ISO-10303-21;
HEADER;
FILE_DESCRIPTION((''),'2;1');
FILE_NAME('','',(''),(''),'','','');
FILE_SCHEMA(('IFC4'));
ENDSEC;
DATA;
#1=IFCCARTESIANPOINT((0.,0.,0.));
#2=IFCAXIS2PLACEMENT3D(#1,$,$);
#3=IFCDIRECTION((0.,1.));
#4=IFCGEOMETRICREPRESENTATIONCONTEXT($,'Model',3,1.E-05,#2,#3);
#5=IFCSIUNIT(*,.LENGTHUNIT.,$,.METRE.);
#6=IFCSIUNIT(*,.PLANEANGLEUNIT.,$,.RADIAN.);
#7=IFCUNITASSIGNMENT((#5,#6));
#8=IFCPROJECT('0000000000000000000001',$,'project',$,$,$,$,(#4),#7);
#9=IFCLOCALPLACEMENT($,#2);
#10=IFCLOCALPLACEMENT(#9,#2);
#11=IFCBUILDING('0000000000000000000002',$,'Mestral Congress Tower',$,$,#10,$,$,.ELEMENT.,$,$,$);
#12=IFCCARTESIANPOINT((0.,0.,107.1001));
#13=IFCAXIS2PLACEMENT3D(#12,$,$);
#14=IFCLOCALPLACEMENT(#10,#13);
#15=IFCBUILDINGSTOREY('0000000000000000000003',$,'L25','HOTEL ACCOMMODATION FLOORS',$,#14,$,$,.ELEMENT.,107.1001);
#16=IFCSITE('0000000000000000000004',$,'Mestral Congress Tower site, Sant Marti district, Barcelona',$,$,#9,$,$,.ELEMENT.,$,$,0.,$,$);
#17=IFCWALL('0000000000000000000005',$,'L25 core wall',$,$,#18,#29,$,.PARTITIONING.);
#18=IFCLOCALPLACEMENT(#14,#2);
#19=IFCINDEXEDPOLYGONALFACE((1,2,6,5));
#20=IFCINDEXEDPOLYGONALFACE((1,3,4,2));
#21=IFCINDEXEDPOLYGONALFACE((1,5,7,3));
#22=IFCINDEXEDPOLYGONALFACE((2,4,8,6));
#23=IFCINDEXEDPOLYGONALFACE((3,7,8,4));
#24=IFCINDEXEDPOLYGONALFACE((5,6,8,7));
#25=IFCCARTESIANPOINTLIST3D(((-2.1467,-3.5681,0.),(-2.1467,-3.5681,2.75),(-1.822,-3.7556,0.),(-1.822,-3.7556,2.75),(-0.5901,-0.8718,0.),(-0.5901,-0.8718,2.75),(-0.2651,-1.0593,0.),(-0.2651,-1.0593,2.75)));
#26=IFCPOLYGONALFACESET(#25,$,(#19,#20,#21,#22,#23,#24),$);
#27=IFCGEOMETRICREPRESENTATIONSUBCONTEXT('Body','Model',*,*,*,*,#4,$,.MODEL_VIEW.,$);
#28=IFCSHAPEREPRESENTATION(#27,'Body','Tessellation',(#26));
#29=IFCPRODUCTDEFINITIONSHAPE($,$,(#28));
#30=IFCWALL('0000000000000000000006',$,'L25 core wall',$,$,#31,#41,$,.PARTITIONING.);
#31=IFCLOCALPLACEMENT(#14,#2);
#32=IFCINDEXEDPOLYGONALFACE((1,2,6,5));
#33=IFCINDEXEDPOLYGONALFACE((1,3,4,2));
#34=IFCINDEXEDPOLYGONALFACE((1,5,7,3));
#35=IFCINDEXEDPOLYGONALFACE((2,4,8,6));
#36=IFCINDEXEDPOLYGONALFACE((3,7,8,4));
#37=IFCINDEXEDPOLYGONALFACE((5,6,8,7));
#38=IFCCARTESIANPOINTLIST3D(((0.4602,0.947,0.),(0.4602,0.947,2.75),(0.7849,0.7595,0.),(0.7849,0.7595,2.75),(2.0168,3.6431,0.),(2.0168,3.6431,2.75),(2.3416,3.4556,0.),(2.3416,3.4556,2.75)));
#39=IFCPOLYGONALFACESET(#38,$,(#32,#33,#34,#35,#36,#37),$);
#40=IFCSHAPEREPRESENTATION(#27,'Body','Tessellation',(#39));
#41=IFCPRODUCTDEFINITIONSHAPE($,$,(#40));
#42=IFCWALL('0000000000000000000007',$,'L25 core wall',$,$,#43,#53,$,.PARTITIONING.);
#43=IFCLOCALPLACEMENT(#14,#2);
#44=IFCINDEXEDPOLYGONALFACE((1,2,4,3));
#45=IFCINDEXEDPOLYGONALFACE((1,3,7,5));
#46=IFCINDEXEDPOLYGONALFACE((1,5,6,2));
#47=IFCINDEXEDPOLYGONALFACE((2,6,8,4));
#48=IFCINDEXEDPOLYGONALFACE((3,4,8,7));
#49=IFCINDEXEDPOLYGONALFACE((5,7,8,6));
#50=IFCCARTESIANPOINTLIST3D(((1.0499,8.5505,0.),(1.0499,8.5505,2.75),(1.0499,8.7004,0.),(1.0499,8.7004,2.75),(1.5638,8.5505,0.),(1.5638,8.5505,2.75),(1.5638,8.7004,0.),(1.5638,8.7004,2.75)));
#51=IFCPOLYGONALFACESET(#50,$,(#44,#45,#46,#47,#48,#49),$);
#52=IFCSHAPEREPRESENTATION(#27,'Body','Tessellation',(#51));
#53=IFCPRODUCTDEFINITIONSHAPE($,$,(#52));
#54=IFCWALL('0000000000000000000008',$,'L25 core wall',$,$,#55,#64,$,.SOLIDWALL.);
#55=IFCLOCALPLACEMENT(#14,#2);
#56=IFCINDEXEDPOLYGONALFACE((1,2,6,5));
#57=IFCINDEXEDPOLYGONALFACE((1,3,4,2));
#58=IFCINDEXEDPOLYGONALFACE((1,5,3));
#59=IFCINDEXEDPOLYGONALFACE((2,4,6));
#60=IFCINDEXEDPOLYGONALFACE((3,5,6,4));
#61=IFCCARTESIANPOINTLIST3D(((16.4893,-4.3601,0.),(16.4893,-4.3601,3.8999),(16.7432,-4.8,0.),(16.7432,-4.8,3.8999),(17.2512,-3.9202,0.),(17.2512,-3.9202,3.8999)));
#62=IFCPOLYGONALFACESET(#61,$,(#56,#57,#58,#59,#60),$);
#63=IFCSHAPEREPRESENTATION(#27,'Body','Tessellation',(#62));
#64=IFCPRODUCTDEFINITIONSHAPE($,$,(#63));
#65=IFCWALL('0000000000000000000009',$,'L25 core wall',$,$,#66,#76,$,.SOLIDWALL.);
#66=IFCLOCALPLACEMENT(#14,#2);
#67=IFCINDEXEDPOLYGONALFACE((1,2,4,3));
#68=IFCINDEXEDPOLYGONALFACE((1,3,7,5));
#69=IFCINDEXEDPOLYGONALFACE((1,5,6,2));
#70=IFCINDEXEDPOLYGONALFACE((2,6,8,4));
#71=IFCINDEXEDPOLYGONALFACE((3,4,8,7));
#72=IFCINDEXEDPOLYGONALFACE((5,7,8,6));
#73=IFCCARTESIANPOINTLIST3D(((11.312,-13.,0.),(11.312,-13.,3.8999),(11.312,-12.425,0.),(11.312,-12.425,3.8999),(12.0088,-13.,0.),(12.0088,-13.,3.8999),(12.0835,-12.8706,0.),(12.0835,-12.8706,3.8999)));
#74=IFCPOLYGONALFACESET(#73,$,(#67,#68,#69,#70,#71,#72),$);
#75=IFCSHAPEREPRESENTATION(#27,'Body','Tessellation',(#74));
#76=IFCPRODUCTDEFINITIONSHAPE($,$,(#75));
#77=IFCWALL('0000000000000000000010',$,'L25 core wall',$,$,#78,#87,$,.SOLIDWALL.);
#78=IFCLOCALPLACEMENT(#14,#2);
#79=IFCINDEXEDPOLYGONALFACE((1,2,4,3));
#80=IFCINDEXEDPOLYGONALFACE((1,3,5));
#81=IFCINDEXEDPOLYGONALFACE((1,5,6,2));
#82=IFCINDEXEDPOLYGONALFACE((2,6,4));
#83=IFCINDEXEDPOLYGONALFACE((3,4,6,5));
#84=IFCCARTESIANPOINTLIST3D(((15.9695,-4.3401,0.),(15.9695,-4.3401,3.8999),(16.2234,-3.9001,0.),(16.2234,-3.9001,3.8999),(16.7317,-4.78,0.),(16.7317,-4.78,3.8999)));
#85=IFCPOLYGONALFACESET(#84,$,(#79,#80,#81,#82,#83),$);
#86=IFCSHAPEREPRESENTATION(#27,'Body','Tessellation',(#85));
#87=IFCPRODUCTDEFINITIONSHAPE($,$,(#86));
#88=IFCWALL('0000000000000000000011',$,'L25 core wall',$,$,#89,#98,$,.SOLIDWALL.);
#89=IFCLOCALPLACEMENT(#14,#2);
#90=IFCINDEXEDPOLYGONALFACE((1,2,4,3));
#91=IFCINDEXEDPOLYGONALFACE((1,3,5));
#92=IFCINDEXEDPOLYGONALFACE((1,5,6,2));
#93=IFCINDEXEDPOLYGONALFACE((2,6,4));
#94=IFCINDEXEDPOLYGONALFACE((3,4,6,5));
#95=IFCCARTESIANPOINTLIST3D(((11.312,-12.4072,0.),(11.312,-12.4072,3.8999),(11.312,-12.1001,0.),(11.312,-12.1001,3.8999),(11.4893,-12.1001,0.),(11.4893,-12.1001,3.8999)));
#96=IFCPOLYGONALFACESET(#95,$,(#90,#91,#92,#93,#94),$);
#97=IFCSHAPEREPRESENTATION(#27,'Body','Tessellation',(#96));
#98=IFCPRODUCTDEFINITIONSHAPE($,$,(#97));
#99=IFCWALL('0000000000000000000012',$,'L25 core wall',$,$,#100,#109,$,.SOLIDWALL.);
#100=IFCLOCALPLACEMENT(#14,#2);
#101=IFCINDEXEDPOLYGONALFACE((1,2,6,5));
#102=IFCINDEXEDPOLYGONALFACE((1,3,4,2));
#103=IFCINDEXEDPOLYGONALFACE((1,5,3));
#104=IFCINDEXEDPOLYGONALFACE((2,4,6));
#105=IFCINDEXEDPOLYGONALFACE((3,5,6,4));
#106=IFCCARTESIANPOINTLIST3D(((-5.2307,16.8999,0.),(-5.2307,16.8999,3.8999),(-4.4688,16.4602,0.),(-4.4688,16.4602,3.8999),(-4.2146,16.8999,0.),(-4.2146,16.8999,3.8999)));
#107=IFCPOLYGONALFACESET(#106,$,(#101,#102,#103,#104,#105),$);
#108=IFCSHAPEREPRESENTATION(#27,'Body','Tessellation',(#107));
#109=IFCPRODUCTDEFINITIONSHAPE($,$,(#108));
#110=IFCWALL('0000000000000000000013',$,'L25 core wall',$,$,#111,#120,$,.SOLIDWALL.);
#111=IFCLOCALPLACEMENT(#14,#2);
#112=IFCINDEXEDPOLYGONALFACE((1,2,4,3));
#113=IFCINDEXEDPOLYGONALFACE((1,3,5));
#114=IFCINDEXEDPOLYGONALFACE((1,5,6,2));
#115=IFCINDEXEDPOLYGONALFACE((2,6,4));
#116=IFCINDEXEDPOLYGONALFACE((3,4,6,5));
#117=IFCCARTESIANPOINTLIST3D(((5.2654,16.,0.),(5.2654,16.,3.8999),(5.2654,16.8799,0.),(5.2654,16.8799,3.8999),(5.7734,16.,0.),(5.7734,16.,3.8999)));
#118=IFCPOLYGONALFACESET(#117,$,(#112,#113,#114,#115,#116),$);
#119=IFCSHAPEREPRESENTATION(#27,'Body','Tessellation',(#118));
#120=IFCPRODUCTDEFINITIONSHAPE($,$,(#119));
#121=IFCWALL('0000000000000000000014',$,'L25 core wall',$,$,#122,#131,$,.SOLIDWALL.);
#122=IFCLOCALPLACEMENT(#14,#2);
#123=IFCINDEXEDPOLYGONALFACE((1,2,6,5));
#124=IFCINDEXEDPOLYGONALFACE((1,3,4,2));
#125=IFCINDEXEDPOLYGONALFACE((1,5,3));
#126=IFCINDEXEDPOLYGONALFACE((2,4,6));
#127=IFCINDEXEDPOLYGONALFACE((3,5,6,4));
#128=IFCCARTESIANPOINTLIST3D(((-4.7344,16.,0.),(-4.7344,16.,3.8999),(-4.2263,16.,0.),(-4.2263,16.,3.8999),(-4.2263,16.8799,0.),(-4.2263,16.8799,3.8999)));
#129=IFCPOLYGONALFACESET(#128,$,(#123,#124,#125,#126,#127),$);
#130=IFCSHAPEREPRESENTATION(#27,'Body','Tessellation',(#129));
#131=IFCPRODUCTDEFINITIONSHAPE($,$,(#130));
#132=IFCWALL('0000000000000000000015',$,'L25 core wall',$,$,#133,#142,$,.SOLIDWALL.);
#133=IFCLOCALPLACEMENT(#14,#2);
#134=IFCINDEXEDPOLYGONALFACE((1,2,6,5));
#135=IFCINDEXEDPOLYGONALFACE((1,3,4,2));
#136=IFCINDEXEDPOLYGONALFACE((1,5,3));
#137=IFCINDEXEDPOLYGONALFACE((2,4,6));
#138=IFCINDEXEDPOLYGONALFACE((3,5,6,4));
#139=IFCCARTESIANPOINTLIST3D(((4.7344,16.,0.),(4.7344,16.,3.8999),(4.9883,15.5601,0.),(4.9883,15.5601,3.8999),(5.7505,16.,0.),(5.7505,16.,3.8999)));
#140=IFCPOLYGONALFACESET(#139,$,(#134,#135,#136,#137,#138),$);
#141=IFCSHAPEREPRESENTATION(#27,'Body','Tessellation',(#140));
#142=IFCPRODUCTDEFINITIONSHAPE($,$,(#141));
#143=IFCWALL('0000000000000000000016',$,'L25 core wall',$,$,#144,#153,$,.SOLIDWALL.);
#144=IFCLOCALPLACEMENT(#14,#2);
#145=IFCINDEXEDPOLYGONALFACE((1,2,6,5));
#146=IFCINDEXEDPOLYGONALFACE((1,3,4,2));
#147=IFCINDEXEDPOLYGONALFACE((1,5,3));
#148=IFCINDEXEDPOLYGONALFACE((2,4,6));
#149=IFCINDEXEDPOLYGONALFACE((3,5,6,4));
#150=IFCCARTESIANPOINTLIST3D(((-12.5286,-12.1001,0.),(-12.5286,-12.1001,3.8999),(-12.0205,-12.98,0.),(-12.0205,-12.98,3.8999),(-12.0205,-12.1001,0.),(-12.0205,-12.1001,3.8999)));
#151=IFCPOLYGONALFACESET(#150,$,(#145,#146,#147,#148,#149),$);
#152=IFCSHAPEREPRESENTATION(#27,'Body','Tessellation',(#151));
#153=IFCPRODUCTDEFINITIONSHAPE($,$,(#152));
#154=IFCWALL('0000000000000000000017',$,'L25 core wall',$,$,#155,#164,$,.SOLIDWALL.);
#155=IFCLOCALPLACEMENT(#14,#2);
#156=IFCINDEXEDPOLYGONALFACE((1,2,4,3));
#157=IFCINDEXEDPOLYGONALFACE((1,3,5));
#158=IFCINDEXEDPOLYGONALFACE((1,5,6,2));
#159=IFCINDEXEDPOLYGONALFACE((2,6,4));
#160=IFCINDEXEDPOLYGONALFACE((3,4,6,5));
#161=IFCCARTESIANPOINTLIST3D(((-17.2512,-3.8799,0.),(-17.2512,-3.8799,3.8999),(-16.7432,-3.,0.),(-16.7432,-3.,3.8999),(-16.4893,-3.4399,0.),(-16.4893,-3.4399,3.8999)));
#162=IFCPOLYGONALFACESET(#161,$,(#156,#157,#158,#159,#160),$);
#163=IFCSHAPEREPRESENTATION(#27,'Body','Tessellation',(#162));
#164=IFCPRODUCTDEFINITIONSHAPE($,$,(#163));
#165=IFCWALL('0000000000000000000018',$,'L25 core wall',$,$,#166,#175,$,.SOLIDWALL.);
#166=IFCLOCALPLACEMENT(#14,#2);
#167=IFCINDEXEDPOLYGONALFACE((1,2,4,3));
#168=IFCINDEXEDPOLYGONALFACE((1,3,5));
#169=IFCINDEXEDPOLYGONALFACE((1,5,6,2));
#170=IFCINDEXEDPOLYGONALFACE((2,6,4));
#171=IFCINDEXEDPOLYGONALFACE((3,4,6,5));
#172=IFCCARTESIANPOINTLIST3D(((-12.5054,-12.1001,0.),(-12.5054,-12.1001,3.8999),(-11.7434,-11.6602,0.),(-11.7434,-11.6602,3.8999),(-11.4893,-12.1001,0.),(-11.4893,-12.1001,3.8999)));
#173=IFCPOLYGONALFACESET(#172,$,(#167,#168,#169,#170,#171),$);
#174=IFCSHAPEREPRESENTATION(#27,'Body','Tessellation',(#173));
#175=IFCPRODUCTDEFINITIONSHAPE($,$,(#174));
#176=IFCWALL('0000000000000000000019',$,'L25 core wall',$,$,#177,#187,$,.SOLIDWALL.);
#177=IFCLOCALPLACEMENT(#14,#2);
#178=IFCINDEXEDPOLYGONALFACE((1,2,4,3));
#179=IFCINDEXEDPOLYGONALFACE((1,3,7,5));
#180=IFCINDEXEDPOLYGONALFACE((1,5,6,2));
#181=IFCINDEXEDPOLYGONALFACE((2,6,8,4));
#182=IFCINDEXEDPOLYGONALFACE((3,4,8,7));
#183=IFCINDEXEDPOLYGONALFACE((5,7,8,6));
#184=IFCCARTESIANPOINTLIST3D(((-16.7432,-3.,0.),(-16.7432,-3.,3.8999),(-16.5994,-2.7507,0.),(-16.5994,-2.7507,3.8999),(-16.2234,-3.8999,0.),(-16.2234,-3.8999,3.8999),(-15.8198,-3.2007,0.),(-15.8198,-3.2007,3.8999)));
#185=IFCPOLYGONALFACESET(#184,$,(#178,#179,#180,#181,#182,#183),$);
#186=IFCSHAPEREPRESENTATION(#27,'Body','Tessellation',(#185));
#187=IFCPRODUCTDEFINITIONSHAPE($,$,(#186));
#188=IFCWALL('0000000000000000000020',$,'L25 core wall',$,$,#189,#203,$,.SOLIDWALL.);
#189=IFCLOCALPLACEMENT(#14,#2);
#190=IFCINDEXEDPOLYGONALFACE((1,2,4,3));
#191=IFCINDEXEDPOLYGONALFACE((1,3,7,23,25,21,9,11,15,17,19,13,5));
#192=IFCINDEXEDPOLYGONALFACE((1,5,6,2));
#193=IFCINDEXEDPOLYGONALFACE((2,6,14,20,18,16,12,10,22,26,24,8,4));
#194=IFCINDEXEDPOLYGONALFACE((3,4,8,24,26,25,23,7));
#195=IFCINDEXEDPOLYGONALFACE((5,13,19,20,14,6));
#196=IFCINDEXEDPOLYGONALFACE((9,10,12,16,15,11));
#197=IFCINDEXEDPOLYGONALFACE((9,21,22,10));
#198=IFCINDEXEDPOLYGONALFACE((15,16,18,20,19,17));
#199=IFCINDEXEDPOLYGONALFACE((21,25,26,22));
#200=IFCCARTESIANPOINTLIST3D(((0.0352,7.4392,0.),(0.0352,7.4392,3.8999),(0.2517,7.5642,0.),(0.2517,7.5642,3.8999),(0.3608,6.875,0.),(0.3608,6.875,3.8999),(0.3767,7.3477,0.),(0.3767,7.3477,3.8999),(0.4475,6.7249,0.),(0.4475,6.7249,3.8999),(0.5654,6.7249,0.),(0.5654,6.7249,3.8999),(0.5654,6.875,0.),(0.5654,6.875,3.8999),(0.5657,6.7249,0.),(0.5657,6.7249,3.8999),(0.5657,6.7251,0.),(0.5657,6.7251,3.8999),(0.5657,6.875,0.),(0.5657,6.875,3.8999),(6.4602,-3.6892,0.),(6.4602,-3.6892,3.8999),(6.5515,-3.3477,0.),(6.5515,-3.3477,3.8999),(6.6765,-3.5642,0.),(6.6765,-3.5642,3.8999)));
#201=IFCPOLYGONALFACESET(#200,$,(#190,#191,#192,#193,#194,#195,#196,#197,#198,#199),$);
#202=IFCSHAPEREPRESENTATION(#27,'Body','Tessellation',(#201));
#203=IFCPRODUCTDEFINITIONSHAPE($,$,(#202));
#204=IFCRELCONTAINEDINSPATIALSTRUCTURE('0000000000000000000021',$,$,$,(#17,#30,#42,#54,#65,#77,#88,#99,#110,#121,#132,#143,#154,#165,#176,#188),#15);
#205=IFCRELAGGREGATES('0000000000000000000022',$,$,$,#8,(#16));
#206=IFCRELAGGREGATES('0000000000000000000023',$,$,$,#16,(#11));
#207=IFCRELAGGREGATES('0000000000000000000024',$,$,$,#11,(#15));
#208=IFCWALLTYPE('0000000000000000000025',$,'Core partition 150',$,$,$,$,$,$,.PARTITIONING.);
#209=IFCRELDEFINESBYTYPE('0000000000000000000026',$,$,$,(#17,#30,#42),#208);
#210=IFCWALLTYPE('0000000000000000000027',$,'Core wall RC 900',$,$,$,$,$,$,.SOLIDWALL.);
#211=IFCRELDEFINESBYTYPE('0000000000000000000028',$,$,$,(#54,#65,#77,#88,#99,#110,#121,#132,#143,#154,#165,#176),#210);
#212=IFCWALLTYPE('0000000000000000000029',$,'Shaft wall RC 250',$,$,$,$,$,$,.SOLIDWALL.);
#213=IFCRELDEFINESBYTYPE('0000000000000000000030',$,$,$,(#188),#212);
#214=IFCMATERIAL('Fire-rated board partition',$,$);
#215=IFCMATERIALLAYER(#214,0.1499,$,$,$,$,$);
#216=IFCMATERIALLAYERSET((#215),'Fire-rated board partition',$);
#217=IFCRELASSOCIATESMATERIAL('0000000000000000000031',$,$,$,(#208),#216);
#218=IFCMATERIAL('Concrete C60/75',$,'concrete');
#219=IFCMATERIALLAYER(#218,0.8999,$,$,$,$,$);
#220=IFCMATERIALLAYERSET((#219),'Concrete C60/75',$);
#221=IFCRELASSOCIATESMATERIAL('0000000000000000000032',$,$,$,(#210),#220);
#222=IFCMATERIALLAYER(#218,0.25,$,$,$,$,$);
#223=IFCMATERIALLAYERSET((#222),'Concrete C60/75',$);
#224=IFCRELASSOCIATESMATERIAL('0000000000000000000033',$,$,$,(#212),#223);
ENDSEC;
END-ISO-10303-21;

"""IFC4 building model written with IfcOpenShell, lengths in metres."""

from ifc_helpers import new_model, si_unit, direction, frame, frame_2d, origin, place, context, subcontext, project, spatial, polyline, rectangle, outline, extrude, material, layer, layer_set, type_object, element, save


model = new_model("IFC4")

# Units and contexts
model_context = context("Model", 3, precision=1e-05, world=origin(), true_north=direction((0.0, 1.0)))
body_context = subcontext(model_context, "Body", "Model", "MODEL_VIEW")
ifc_project = project(units=[si_unit("LENGTHUNIT", "METRE"), si_unit("PLANEANGLEUNIT", "RADIAN")], contexts=[model_context])

# Site, building, storey
site_placement = place(None, origin())
site = spatial("IfcSite", under=ifc_project, at=site_placement, Name="Mestral Congress Tower site, Sant Marti district, Barcelona", CompositionType="ELEMENT", RefElevation=0.0)
building_placement = place(site_placement, origin())
building = spatial("IfcBuilding", under=site, at=building_placement, Name="Mestral Congress Tower", CompositionType="ELEMENT")
storey_placement = place(building_placement, frame((0.0, 0.0, 107.1001)))
storey = spatial("IfcBuildingStorey", under=building, at=storey_placement, Name="L25", Description="HOTEL ACCOMMODATION FLOORS", CompositionType="ELEMENT", Elevation=107.1001)

# Walls
ifc_material_1 = material(Name="Fire-rated board partition")
ifc_layer_1 = layer(ifc_material_1, 0.1499)
ifc_layer_set_1 = layer_set([ifc_layer_1], Name="Fire-rated board partition")
wall_type_1 = type_object("IfcWallType", Name="Core partition 150", PredefinedType="PARTITIONING", material=ifc_layer_set_1)
placement = place(storey_placement, origin())
element("IfcWall", 1, at=placement, inside=storey, type_object=wall_type_1, Name="L25 core wall", PredefinedType="PARTITIONING", context=body_context, shape_type="SweptSolid", body=[
    extrude(outline(polyline([(-0.5901, -0.8718), (-0.2651, -1.0593), (-1.822, -3.7556), (-2.1467, -3.5681), (-0.5901, -0.8718)])), origin(), (0.0, 0.0, 1.0), 2.75),
])
element("IfcWall", 2, at=placement, inside=storey, type_object=wall_type_1, Name="L25 core wall", PredefinedType="PARTITIONING", context=body_context, shape_type="SweptSolid", body=[
    extrude(outline(polyline([(2.0168, 3.6431), (2.3416, 3.4556), (0.7849, 0.7595), (0.4602, 0.947), (2.0168, 3.6431)])), origin(), (0.0, 0.0, 1.0), 2.75),
])
wall_1_placement = place(storey_placement, frame((1.05, 8.6255, 0.0), z_axis=(0.0, 0.0, 1.0), x_axis=(1.0, 0.0, 0.0)))
element("IfcWall", 3, at=wall_1_placement, inside=storey, type_object=wall_type_1, Name="L25 core wall", PredefinedType="PARTITIONING", context=body_context, shape_type="SweptSolid", body=[
    extrude(rectangle(XDim=0.5139, YDim=0.1499, at=frame_2d((0.2568, 0.0))), origin(), (0.0, 0.0, 1.0), 2.75),
])
ifc_material_2 = material(Name="Concrete C60/75", Category="concrete")
ifc_layer_2 = layer(ifc_material_2, 0.8999)
ifc_layer_set_2 = layer_set([ifc_layer_2], Name="Concrete C60/75")
wall_type_2 = type_object("IfcWallType", Name="Core wall RC 900", PredefinedType="SOLIDWALL", material=ifc_layer_set_2)
element("IfcWall", 4, at=placement, inside=storey, type_object=wall_type_2, Name="L25 core wall", PredefinedType="SOLIDWALL", context=body_context, shape_type="SweptSolid", body=[
    extrude(outline(polyline([(16.7432, -4.8), (16.4893, -4.3601), (17.2512, -3.9202), (16.7432, -4.8)])), origin(), (0.0, 0.0, 1.0), 3.8999),
])
element("IfcWall", 5, at=placement, inside=storey, type_object=wall_type_2, Name="L25 core wall", PredefinedType="SOLIDWALL", context=body_context, shape_type="SweptSolid", body=[
    extrude(outline(polyline([(12.0088, -13.0), (11.312, -13.0), (11.312, -12.425), (12.0835, -12.8706), (12.0088, -13.0)])), origin(), (0.0, 0.0, 1.0), 3.8999),
])
element("IfcWall", 6, at=placement, inside=storey, type_object=wall_type_2, Name="L25 core wall", PredefinedType="SOLIDWALL", context=body_context, shape_type="SweptSolid", body=[
    extrude(outline(polyline([(16.2234, -3.9001), (16.7317, -4.78), (15.9695, -4.3401), (16.2234, -3.9001)])), origin(), (0.0, 0.0, 1.0), 3.8999),
])
element("IfcWall", 7, at=placement, inside=storey, type_object=wall_type_2, Name="L25 core wall", PredefinedType="SOLIDWALL", context=body_context, shape_type="SweptSolid", body=[
    extrude(outline(polyline([(11.4893, -12.1001), (11.312, -12.4072), (11.312, -12.1001), (11.4893, -12.1001)])), origin(), (0.0, 0.0, 1.0), 3.8999),
])
element("IfcWall", 8, at=placement, inside=storey, type_object=wall_type_2, Name="L25 core wall", PredefinedType="SOLIDWALL", context=body_context, shape_type="SweptSolid", body=[
    extrude(outline(polyline([(-4.2146, 16.8999), (-4.4688, 16.4602), (-5.2307, 16.8999), (-4.2146, 16.8999)])), origin(), (0.0, 0.0, 1.0), 3.8999),
])
element("IfcWall", 9, at=placement, inside=storey, type_object=wall_type_2, Name="L25 core wall", PredefinedType="SOLIDWALL", context=body_context, shape_type="SweptSolid", body=[
    extrude(outline(polyline([(5.2654, 16.0), (5.2654, 16.8799), (5.7734, 16.0), (5.2654, 16.0)])), origin(), (0.0, 0.0, 1.0), 3.8999),
])
element("IfcWall", 10, at=placement, inside=storey, type_object=wall_type_2, Name="L25 core wall", PredefinedType="SOLIDWALL", context=body_context, shape_type="SweptSolid", body=[
    extrude(outline(polyline([(-4.7344, 16.0), (-4.2263, 16.8799), (-4.2263, 16.0), (-4.7344, 16.0)])), origin(), (0.0, 0.0, 1.0), 3.8999),
])
element("IfcWall", 11, at=placement, inside=storey, type_object=wall_type_2, Name="L25 core wall", PredefinedType="SOLIDWALL", context=body_context, shape_type="SweptSolid", body=[
    extrude(outline(polyline([(4.7344, 16.0), (5.7505, 16.0), (4.9883, 15.5601), (4.7344, 16.0)])), origin(), (0.0, 0.0, 1.0), 3.8999),
])
element("IfcWall", 12, at=placement, inside=storey, type_object=wall_type_2, Name="L25 core wall", PredefinedType="SOLIDWALL", context=body_context, shape_type="SweptSolid", body=[
    extrude(outline(polyline([(-12.5286, -12.1001), (-12.0205, -12.1001), (-12.0205, -12.98), (-12.5286, -12.1001)])), origin(), (0.0, 0.0, 1.0), 3.8999),
])
element("IfcWall", 13, at=placement, inside=storey, type_object=wall_type_2, Name="L25 core wall", PredefinedType="SOLIDWALL", context=body_context, shape_type="SweptSolid", body=[
    extrude(outline(polyline([(-16.4893, -3.4399), (-17.2512, -3.8799), (-16.7432, -3.0), (-16.4893, -3.4399)])), origin(), (0.0, 0.0, 1.0), 3.8999),
])
element("IfcWall", 14, at=placement, inside=storey, type_object=wall_type_2, Name="L25 core wall", PredefinedType="SOLIDWALL", context=body_context, shape_type="SweptSolid", body=[
    extrude(outline(polyline([(-11.4893, -12.1001), (-12.5054, -12.1001), (-11.7434, -11.6602), (-11.4893, -12.1001)])), origin(), (0.0, 0.0, 1.0), 3.8999),
])
element("IfcWall", 15, at=placement, inside=storey, type_object=wall_type_2, Name="L25 core wall", PredefinedType="SOLIDWALL", context=body_context, shape_type="SweptSolid", body=[
    extrude(outline(polyline([(-15.8198, -3.2007), (-16.2234, -3.8999), (-16.7432, -3.0), (-16.5994, -2.7507), (-15.8198, -3.2007)])), origin(), (0.0, 0.0, 1.0), 3.8999),
])
ifc_layer_3 = layer(ifc_material_2, 0.25)
ifc_layer_set_3 = layer_set([ifc_layer_3], Name="Concrete C60/75")
wall_type_3 = type_object("IfcWallType", Name="Shaft wall RC 250", PredefinedType="SOLIDWALL", material=ifc_layer_set_3)
element("IfcWall", 16, at=placement, inside=storey, type_object=wall_type_3, Name="L25 core wall", PredefinedType="SOLIDWALL", context=body_context, shape_type="SweptSolid", body=[
    extrude(outline(polyline([(0.5657, 6.7251), (0.5657, 6.875), (0.5657, 6.875), (0.5654, 6.875), (0.3608, 6.875), (0.0352, 7.4392), (0.2517, 7.5642), (0.3767, 7.3477), (6.5515, -3.3477), (6.6765, -3.5642), (6.4602, -3.6892), (0.4475, 6.7249), (0.5654, 6.7249), (0.5657, 6.7249), (0.5657, 6.7251)])), origin(), (0.0, 0.0, 1.0), 3.8999),
])

save(model, "model.ifc")
